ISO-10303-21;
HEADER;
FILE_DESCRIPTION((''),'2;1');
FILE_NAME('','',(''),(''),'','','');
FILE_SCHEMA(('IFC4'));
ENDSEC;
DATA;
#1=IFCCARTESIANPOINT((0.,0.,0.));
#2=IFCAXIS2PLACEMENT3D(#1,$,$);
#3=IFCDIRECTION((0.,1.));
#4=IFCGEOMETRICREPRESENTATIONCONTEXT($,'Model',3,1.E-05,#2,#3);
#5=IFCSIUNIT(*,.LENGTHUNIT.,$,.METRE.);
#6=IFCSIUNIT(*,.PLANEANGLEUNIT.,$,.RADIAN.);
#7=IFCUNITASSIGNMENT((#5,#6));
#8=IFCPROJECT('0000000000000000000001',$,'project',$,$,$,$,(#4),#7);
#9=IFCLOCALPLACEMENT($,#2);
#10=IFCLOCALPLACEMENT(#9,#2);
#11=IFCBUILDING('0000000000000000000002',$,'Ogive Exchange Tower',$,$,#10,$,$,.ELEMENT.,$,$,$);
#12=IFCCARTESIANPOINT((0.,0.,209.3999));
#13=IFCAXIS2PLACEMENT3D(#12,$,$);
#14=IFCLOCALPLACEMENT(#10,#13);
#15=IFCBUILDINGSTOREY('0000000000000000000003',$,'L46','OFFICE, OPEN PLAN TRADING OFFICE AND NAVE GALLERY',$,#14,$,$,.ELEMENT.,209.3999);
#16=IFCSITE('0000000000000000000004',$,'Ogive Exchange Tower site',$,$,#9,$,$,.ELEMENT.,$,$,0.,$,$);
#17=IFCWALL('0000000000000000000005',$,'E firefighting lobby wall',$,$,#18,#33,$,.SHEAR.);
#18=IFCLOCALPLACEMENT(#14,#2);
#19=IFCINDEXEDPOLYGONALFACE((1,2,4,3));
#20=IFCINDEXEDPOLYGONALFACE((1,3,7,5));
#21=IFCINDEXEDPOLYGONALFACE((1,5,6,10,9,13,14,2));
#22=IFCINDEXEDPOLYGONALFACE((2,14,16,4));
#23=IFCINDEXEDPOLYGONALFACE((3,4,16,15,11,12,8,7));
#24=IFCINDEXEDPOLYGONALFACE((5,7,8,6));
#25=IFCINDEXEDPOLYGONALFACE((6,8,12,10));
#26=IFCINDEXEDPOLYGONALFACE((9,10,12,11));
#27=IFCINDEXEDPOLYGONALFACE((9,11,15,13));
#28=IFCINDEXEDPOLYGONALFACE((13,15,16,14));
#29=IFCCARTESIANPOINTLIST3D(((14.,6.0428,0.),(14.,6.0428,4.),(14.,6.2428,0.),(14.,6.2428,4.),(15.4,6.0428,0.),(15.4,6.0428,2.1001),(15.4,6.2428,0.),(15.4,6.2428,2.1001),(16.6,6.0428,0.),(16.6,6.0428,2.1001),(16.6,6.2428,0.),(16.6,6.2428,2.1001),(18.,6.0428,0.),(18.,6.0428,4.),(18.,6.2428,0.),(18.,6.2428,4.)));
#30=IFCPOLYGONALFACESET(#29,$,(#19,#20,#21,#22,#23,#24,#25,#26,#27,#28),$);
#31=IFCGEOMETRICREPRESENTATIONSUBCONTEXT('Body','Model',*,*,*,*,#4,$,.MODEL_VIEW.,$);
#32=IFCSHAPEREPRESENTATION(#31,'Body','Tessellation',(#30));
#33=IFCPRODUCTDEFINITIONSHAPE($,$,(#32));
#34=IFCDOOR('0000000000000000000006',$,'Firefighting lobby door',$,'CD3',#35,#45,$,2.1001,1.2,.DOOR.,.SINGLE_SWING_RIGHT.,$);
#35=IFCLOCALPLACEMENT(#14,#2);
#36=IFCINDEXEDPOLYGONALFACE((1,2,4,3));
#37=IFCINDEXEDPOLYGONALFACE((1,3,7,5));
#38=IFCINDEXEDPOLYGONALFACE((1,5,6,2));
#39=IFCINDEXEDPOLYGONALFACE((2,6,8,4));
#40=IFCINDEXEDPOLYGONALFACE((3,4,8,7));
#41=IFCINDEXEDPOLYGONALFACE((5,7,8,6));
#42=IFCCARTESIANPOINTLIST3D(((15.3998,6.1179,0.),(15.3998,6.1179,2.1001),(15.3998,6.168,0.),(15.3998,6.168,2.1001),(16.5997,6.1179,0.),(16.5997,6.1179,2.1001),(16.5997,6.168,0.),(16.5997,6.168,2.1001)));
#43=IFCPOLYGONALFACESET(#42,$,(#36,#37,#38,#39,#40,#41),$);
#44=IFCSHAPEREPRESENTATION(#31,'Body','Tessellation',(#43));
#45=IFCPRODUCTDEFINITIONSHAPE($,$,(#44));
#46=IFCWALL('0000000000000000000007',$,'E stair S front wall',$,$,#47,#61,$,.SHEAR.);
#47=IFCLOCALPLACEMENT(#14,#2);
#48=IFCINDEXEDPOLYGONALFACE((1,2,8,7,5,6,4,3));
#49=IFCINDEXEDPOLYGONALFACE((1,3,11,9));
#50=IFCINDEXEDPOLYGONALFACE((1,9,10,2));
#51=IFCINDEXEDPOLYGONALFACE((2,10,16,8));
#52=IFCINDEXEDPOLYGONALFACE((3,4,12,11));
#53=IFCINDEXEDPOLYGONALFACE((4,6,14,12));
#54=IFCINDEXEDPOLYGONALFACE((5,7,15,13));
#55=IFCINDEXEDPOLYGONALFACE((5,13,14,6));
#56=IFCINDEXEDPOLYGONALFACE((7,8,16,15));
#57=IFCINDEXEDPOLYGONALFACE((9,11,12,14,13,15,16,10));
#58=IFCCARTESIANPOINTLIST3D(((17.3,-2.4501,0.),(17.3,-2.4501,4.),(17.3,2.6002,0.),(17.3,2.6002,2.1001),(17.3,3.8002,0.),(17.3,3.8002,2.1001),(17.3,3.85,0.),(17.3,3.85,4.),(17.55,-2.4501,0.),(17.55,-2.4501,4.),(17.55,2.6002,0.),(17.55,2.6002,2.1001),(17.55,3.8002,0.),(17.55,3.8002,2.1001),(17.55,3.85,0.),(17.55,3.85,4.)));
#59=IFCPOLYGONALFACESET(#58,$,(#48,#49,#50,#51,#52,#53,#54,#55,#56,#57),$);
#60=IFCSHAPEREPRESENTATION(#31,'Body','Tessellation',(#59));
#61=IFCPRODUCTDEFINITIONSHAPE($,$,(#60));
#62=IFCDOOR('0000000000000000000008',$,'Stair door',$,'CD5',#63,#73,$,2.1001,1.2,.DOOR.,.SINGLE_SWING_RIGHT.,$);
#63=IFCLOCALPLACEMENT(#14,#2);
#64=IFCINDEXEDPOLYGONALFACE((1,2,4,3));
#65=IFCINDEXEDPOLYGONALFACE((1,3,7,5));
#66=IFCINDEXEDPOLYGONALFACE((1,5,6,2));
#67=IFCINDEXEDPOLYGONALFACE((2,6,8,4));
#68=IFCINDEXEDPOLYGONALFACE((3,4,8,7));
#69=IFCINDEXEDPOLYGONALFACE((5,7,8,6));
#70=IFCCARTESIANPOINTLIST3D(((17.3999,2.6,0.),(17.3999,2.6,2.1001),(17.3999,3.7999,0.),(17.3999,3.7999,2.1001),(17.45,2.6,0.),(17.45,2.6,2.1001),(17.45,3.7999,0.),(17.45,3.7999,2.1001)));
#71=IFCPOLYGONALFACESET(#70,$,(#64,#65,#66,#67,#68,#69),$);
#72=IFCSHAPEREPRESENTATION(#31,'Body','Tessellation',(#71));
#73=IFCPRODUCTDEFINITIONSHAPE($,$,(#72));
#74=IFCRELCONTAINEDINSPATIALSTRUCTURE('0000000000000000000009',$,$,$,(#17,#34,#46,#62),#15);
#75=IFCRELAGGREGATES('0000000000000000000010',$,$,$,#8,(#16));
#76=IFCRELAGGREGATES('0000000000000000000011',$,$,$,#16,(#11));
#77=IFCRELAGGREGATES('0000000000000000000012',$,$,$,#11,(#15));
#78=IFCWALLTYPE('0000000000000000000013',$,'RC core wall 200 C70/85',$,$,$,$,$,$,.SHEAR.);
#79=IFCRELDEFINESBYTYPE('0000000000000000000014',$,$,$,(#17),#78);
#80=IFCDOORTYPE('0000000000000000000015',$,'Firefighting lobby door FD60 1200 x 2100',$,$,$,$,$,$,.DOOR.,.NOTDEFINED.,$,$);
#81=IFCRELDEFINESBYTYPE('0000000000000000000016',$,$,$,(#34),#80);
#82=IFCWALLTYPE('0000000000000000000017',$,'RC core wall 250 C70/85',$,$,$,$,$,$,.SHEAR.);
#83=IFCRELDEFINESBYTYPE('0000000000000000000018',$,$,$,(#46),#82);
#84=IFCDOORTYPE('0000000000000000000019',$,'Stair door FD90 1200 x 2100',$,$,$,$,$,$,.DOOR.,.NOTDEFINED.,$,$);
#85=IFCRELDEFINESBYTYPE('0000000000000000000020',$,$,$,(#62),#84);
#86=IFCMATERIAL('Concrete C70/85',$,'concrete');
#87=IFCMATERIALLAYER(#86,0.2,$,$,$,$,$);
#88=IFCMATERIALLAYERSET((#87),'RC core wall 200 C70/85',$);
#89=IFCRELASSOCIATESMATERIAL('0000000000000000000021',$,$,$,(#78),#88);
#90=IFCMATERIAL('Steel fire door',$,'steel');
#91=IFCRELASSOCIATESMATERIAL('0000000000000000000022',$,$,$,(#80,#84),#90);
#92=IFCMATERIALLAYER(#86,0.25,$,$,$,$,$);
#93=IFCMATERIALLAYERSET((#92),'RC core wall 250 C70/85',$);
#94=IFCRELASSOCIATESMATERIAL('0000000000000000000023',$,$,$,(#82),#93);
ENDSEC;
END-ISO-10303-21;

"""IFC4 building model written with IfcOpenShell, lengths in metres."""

from ifc_helpers import new_model, si_unit, direction, frame, frame_2d, origin, place, context, subcontext, project, spatial, rectangle, extrude, material, layer, layer_set, type_object, element, fill, save


model = new_model("IFC4")

# Units and contexts
model_context = context("Model", 3, precision=1e-05, world=origin(), true_north=direction((0.0, 1.0)))
body_context = subcontext(model_context, "Body", "Model", "MODEL_VIEW")
ifc_project = project(units=[si_unit("LENGTHUNIT", "METRE"), si_unit("PLANEANGLEUNIT", "RADIAN")], contexts=[model_context])

# Site, building, storey
site_placement = place(None, origin())
site = spatial("IfcSite", under=ifc_project, at=site_placement, Name="Ogive Exchange Tower site", CompositionType="ELEMENT", RefElevation=0.0)
building_placement = place(site_placement, origin())
building = spatial("IfcBuilding", under=site, at=building_placement, Name="Ogive Exchange Tower", CompositionType="ELEMENT")
storey_placement = place(building_placement, frame((0.0, 0.0, 209.3999)))
storey = spatial("IfcBuildingStorey", under=building, at=storey_placement, Name="L46", Description="OFFICE, OPEN PLAN TRADING OFFICE AND NAVE GALLERY", CompositionType="ELEMENT", Elevation=209.3999)

# Shared definitions
ifc_material_1 = material(Name="Concrete C70/85", Category="concrete")

# Walls, openings, doors
ifc_layer_1 = layer(ifc_material_1, 0.2)
ifc_layer_set_1 = layer_set([ifc_layer_1], Name="RC core wall 200 C70/85")
wall_type_1 = type_object("IfcWallType", Name="RC core wall 200 C70/85", PredefinedType="SHEAR", material=ifc_layer_set_1)
wall_1_placement = place(storey_placement, frame((14.0, 6.1428, 0.0), z_axis=(0.0, 0.0, 1.0), x_axis=(1.0, 0.0, 0.0)))
wall_1 = element("IfcWall", 1, at=wall_1_placement, inside=storey, type_object=wall_type_1, Name="E firefighting lobby wall", PredefinedType="SHEAR", context=body_context, shape_type="SweptSolid", body=[
    extrude(rectangle(XDim=4.0, YDim=0.2, at=frame_2d((2.0, 0.0))), origin(), (0.0, 0.0, 1.0), 4.0),
])
opening_1_placement = place(wall_1_placement, frame((1.3999, 0.0, 0.0)))
opening_1 = element("IfcOpeningElement", 2, at=opening_1_placement, cuts=wall_1, PredefinedType="OPENING", context=body_context, shape_type="SweptSolid", body=[
    extrude(rectangle(XDim=1.2, YDim=2.1001, at=frame_2d((0.6001, 1.05))), frame((0.0, 0.1099, 0.0), z_axis=(0.0, -1.0, 0.0), x_axis=(1.0, 0.0, 0.0)), (0.0, 0.0, 1.0), 0.22),
])
ifc_material_2 = material(Name="Steel fire door", Category="steel")
door_type_1 = type_object("IfcDoorType", Name="Firefighting lobby door FD60 1200 x 2100", OperationType="NOTDEFINED", PredefinedType="DOOR", material=ifc_material_2)
door_1_placement = place(opening_1_placement, frame((1.2, 0.0, 0.0), z_axis=(0.0, 0.0, 1.0), x_axis=(-1.0, 0.0, 0.0)))
door_1 = element("IfcDoor", 3, at=door_1_placement, inside=storey, type_object=door_type_1, Name="Firefighting lobby door", ObjectType="CD3", OperationType="SINGLE_SWING_RIGHT", OverallHeight=2.1001, OverallWidth=1.2, PredefinedType="DOOR", context=body_context, shape_type="SweptSolid", body=[
    extrude(rectangle(XDim=1.2, YDim=2.1001, at=frame_2d((0.6001, 1.05))), frame((0.0, 0.0249, 0.0), z_axis=(0.0, -1.0, 0.0), x_axis=(1.0, 0.0, 0.0)), (0.0, 0.0, 1.0), 0.05),
])
fill(opening_1, door_1)
ifc_layer_2 = layer(ifc_material_1, 0.25)
ifc_layer_set_2 = layer_set([ifc_layer_2], Name="RC core wall 250 C70/85")
wall_type_2 = type_object("IfcWallType", Name="RC core wall 250 C70/85", PredefinedType="SHEAR", material=ifc_layer_set_2)
wall_2_placement = place(storey_placement, frame((17.425, -2.45, 0.0), z_axis=(0.0, 0.0, 1.0), x_axis=(0.0, 1.0, 0.0)))
wall_2 = element("IfcWall", 4, at=wall_2_placement, inside=storey, type_object=wall_type_2, Name="E stair S front wall", PredefinedType="SHEAR", context=body_context, shape_type="SweptSolid", body=[
    extrude(rectangle(XDim=6.3, YDim=0.25, at=frame_2d((3.1499, 0.0))), origin(), (0.0, 0.0, 1.0), 4.0),
])
opening_2_placement = place(wall_2_placement, frame((5.05, 0.0, 0.0)))
opening_2 = element("IfcOpeningElement", 5, at=opening_2_placement, cuts=wall_2, PredefinedType="OPENING", context=body_context, shape_type="SweptSolid", body=[
    extrude(rectangle(XDim=1.2, YDim=2.1001, at=frame_2d((0.6001, 1.05))), frame((0.0, 0.135, 0.0), z_axis=(0.0, -1.0, 0.0), x_axis=(1.0, 0.0, 0.0)), (0.0, 0.0, 1.0), 0.27),
])
door_type_2 = type_object("IfcDoorType", Name="Stair door FD90 1200 x 2100", OperationType="NOTDEFINED", PredefinedType="DOOR", material=ifc_material_2)
door_2_placement = place(opening_2_placement, frame((1.2, 0.0, 0.0), z_axis=(0.0, 0.0, 1.0), x_axis=(-1.0, 0.0, 0.0)))
door_2 = element("IfcDoor", 6, at=door_2_placement, inside=storey, type_object=door_type_2, Name="Stair door", ObjectType="CD5", OperationType="SINGLE_SWING_RIGHT", OverallHeight=2.1001, OverallWidth=1.2, PredefinedType="DOOR", context=body_context, shape_type="SweptSolid", body=[
    extrude(rectangle(XDim=1.2, YDim=2.1001, at=frame_2d((0.6001, 1.05))), frame((0.0, 0.0249, 0.0), z_axis=(0.0, -1.0, 0.0), x_axis=(1.0, 0.0, 0.0)), (0.0, 0.0, 1.0), 0.05),
])
fill(opening_2, door_2)

save(model, "model.ifc")
